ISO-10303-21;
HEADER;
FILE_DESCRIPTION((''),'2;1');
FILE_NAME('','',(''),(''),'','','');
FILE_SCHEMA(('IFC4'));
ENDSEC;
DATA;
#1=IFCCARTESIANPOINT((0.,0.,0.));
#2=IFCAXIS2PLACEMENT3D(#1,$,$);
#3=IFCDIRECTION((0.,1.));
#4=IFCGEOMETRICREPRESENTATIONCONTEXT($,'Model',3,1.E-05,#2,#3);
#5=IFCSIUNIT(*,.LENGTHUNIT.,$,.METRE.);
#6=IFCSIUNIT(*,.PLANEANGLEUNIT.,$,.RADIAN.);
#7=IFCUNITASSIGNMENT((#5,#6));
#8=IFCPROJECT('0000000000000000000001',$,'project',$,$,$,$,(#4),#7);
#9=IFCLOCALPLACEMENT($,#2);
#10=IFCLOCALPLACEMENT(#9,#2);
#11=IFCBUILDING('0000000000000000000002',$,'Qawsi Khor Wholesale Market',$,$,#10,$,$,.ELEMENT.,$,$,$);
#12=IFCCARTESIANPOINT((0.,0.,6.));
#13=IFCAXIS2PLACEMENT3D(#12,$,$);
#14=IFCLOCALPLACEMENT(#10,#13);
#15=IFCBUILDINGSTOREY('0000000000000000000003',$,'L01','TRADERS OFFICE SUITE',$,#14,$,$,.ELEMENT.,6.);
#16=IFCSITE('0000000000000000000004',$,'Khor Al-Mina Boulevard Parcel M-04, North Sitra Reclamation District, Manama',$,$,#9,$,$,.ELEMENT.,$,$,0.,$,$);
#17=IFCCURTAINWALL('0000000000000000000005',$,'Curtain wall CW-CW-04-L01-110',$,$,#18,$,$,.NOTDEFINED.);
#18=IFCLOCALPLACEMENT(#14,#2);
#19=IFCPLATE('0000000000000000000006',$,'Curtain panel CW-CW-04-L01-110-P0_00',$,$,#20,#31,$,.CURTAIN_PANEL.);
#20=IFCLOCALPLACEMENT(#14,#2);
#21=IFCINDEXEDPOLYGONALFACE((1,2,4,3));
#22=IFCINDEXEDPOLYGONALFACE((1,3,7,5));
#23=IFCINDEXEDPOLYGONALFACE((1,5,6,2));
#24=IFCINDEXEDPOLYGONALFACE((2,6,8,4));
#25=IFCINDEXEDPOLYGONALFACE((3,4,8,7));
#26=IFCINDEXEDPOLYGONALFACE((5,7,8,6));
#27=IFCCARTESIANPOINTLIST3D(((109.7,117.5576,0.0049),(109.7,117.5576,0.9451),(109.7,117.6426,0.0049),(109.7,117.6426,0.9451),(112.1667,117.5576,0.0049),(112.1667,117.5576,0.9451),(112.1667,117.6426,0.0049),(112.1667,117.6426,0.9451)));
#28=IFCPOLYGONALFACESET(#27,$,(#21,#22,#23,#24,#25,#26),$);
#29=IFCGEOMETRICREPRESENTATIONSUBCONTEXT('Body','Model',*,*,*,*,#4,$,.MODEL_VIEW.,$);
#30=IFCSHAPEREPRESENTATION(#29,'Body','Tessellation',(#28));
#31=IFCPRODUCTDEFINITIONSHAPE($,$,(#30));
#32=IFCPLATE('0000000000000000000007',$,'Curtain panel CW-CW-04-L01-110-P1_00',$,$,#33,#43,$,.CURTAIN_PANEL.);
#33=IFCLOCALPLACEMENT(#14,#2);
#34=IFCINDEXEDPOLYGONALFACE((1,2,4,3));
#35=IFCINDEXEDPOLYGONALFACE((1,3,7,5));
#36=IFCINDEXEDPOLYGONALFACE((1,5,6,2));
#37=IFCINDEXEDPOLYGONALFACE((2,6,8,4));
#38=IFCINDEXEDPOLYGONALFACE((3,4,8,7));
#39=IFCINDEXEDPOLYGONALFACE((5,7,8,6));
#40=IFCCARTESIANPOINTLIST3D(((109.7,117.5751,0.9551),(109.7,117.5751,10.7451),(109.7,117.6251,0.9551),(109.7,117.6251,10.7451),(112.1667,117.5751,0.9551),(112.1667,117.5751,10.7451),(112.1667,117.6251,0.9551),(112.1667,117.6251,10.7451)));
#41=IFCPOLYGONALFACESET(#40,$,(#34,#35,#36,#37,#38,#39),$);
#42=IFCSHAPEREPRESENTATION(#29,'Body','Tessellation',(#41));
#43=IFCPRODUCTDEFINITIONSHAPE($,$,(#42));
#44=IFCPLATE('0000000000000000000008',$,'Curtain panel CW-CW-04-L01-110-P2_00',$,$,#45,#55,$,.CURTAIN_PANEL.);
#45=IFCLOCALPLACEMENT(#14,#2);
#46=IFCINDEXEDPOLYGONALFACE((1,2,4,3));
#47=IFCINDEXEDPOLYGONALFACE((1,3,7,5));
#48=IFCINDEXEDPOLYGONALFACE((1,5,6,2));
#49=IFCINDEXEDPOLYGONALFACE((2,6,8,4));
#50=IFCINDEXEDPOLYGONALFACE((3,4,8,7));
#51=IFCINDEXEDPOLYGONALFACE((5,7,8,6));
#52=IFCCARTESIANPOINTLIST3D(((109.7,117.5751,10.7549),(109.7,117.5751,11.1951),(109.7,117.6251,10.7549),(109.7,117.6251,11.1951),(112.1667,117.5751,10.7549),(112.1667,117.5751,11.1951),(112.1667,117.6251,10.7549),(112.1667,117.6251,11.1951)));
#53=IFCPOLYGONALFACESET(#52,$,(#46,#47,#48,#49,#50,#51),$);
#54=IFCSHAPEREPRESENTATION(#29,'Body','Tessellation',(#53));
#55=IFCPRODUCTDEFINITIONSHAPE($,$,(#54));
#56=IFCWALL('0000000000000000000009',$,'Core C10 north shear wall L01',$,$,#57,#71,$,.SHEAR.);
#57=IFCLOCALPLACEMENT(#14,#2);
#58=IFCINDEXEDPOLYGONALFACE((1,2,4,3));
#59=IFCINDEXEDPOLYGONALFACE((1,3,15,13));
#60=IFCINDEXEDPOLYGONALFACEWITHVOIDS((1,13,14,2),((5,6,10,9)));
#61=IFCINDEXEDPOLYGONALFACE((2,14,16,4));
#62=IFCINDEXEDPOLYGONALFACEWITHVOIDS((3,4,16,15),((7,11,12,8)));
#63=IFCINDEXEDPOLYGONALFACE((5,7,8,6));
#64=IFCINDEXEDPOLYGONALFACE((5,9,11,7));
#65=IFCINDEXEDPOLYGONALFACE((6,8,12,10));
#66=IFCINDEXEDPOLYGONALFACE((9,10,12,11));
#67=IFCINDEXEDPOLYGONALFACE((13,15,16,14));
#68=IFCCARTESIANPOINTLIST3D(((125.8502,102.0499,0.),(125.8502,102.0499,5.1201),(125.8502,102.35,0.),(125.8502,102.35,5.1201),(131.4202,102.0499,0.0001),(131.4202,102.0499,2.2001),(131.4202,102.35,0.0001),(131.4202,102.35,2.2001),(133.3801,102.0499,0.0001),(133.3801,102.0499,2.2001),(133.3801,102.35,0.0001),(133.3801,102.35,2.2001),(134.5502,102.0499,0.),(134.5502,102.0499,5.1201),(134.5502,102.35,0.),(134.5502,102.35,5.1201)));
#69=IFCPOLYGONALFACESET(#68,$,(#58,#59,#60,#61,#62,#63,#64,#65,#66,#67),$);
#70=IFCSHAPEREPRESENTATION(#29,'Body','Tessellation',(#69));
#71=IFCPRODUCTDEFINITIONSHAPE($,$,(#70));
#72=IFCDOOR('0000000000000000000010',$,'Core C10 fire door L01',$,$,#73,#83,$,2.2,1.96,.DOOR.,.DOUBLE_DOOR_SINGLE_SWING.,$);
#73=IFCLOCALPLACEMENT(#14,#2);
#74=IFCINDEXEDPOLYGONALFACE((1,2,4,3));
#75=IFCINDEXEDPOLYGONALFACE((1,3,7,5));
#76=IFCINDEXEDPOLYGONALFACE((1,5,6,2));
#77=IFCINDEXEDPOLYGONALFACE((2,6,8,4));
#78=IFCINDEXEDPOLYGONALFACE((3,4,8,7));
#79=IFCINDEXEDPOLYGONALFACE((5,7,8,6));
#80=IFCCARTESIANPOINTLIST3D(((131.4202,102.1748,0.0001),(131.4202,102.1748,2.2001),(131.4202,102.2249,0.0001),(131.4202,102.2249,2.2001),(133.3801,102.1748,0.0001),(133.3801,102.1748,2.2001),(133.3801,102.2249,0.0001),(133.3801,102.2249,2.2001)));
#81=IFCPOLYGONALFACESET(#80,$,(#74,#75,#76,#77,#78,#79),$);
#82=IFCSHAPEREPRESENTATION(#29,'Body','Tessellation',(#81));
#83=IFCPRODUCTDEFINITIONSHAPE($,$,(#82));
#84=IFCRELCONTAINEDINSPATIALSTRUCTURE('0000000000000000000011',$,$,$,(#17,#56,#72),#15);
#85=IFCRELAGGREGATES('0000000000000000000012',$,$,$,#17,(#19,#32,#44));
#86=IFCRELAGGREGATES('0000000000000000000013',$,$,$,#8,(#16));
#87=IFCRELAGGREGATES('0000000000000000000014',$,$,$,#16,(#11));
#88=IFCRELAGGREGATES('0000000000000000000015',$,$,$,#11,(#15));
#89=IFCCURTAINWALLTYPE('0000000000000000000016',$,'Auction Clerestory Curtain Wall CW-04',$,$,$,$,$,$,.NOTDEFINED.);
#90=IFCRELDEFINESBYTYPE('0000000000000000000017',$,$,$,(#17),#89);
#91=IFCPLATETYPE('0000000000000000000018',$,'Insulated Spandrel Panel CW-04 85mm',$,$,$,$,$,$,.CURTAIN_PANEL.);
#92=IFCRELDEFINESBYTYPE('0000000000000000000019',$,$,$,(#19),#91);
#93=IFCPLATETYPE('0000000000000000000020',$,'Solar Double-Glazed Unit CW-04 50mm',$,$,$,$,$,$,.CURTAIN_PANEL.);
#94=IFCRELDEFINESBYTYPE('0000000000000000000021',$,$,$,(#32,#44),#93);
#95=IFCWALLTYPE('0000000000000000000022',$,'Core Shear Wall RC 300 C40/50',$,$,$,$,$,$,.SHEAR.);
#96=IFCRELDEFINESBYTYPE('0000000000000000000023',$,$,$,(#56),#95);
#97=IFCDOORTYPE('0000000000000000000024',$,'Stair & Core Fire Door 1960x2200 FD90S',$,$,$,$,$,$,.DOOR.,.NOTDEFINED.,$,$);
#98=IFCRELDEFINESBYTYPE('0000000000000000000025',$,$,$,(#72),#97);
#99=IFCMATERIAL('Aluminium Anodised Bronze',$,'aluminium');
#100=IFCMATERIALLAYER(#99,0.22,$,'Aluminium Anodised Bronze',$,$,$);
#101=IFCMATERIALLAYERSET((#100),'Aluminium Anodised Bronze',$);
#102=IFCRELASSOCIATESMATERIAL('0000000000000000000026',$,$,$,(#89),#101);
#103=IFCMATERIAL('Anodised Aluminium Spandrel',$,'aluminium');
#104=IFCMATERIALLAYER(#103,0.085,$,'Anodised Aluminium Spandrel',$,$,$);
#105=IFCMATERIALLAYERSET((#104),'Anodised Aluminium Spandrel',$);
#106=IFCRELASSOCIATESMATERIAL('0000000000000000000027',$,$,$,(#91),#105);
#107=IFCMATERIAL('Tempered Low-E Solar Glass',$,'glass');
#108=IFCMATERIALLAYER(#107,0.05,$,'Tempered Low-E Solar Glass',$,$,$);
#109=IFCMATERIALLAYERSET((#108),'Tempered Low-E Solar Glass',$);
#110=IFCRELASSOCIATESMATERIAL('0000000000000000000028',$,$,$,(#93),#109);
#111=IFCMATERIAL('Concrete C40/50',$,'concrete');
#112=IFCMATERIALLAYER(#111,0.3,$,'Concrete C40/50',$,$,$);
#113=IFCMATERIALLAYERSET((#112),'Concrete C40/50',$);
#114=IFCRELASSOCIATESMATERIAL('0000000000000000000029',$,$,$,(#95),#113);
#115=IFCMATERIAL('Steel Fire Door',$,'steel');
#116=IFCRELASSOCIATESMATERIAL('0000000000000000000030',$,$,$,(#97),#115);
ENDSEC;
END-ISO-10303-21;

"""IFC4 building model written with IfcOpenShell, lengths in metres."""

from ifc_helpers import new_model, si_unit, direction, frame, frame_2d, origin, place, context, subcontext, project, spatial, rectangle, extrude, material, layer, layer_set, type_object, element, fill, aggregate, save


model = new_model("IFC4")

# Units and contexts
model_context = context("Model", 3, precision=1e-05, world=origin(), true_north=direction((0.0, 1.0)))
body_context = subcontext(model_context, "Body", "Model", "MODEL_VIEW")
ifc_project = project(units=[si_unit("LENGTHUNIT", "METRE"), si_unit("PLANEANGLEUNIT", "RADIAN")], contexts=[model_context])

# Site, building, storey
site_placement = place(None, origin())
site = spatial("IfcSite", under=ifc_project, at=site_placement, Name="Khor Al-Mina Boulevard Parcel M-04, North Sitra Reclamation District, Manama", CompositionType="ELEMENT", RefElevation=0.0)
building_placement = place(site_placement, origin())
building = spatial("IfcBuilding", under=site, at=building_placement, Name="Qawsi Khor Wholesale Market", CompositionType="ELEMENT")
storey_placement = place(building_placement, frame((0.0, 0.0, 6.0)))
storey = spatial("IfcBuildingStorey", under=building, at=storey_placement, Name="L01", Description="TRADERS OFFICE SUITE", CompositionType="ELEMENT", Elevation=6.0)

# Shared definitions
ifc_material_1 = material(Name="Concrete C40/50", Category="concrete")

# Curtain wall
ifc_material_2 = material(Name="Aluminium Anodised Bronze", Category="aluminium")
ifc_layer_1 = layer(ifc_material_2, 0.22, Name="Aluminium Anodised Bronze")
ifc_layer_set_1 = layer_set([ifc_layer_1], Name="Aluminium Anodised Bronze")
curtain_wall_type = type_object("IfcCurtainWallType", Name="Auction Clerestory Curtain Wall CW-04", PredefinedType="NOTDEFINED", material=ifc_layer_set_1)
curtain_wall_placement = place(storey_placement, origin())
curtain_wall = element("IfcCurtainWall", 1, at=curtain_wall_placement, inside=storey, type_object=curtain_wall_type, Name="Curtain wall CW-CW-04-L01-110", PredefinedType="NOTDEFINED")

# Plates
ifc_material_3 = material(Name="Anodised Aluminium Spandrel", Category="aluminium")
ifc_layer_2 = layer(ifc_material_3, 0.085, Name="Anodised Aluminium Spandrel")
ifc_layer_set_2 = layer_set([ifc_layer_2], Name="Anodised Aluminium Spandrel")
plate_type_1 = type_object("IfcPlateType", Name="Insulated Spandrel Panel CW-04 85mm", PredefinedType="CURTAIN_PANEL", material=ifc_layer_set_2)
plate_1_placement = place(storey_placement, frame((109.7, 117.6001, 0.0049), z_axis=(0.0, 0.0, 1.0), x_axis=(1.0, 0.0, 0.0)))
plate_1 = element("IfcPlate", 2, at=plate_1_placement, type_object=plate_type_1, Name="Curtain panel CW-CW-04-L01-110-P0_00", PredefinedType="CURTAIN_PANEL", context=body_context, shape_type="SweptSolid", body=[
    extrude(rectangle(XDim=2.4668, YDim=0.085, at=frame_2d((1.2334, 0.0))), origin(), (0.0, 0.0, 1.0), 0.9402),
])
ifc_material_4 = material(Name="Tempered Low-E Solar Glass", Category="glass")
ifc_layer_3 = layer(ifc_material_4, 0.05, Name="Tempered Low-E Solar Glass")
ifc_layer_set_3 = layer_set([ifc_layer_3], Name="Tempered Low-E Solar Glass")
plate_type_2 = type_object("IfcPlateType", Name="Solar Double-Glazed Unit CW-04 50mm", PredefinedType="CURTAIN_PANEL", material=ifc_layer_set_3)
plate_2_placement = place(storey_placement, frame((109.7, 117.6001, 0.9551), z_axis=(0.0, 0.0, 1.0), x_axis=(1.0, 0.0, 0.0)))
plate_2 = element("IfcPlate", 3, at=plate_2_placement, type_object=plate_type_2, Name="Curtain panel CW-CW-04-L01-110-P1_00", PredefinedType="CURTAIN_PANEL", context=body_context, shape_type="SweptSolid", body=[
    extrude(rectangle(XDim=2.4668, YDim=0.05, at=frame_2d((1.2334, 0.0))), origin(), (0.0, 0.0, 1.0), 9.79),
])
plate_3_placement = place(storey_placement, frame((109.7, 117.6001, 10.7549), z_axis=(0.0, 0.0, 1.0), x_axis=(1.0, 0.0, 0.0)))
plate_3 = element("IfcPlate", 4, at=plate_3_placement, type_object=plate_type_2, Name="Curtain panel CW-CW-04-L01-110-P2_00", PredefinedType="CURTAIN_PANEL", context=body_context, shape_type="SweptSolid", body=[
    extrude(rectangle(XDim=2.4668, YDim=0.05, at=frame_2d((1.2334, 0.0))), origin(), (0.0, 0.0, 1.0), 0.4402),
])
aggregate(curtain_wall, [plate_1, plate_2, plate_3])

# Wall, opening, door
ifc_layer_4 = layer(ifc_material_1, 0.3, Name="Concrete C40/50")
ifc_layer_set_4 = layer_set([ifc_layer_4], Name="Concrete C40/50")
wall_type = type_object("IfcWallType", Name="Core Shear Wall RC 300 C40/50", PredefinedType="SHEAR", material=ifc_layer_set_4)
wall_placement = place(storey_placement, frame((125.8501, 102.2, 0.0), z_axis=(0.0, 0.0, 1.0), x_axis=(1.0, 0.0, 0.0)))
wall = element("IfcWall", 5, at=wall_placement, inside=storey, type_object=wall_type, Name="Core C10 north shear wall L01", PredefinedType="SHEAR", context=body_context, shape_type="SweptSolid", body=[
    extrude(rectangle(XDim=8.7, YDim=0.3, at=frame_2d((4.3501, 0.0))), origin(), (0.0, 0.0, 1.0), 5.1201),
])
opening_placement = place(wall_placement, frame((5.5701, 0.0, 0.0)))
opening = element("IfcOpeningElement", 6, at=opening_placement, cuts=wall, PredefinedType="OPENING", context=body_context, shape_type="SweptSolid", body=[
    extrude(rectangle(XDim=1.96, YDim=2.2, at=frame_2d((0.98, 1.1001))), frame((0.0, 0.1599, 0.0), z_axis=(0.0, -1.0, 0.0), x_axis=(1.0, 0.0, 0.0)), (0.0, 0.0, 1.0), 0.3201),
])
ifc_material_5 = material(Name="Steel Fire Door", Category="steel")
door_type = type_object("IfcDoorType", Name="Stair & Core Fire Door 1960x2200 FD90S", OperationType="NOTDEFINED", PredefinedType="DOOR", material=ifc_material_5)
door_placement = place(opening_placement, origin())
door = element("IfcDoor", 7, at=door_placement, inside=storey, type_object=door_type, Name="Core C10 fire door L01", OperationType="DOUBLE_DOOR_SINGLE_SWING", OverallHeight=2.2, OverallWidth=1.96, PredefinedType="DOOR", context=body_context, shape_type="SweptSolid", body=[
    extrude(rectangle(XDim=1.96, YDim=2.2, at=frame_2d((0.98, 1.1001))), frame((0.0, 0.0249, 0.0), z_axis=(0.0, -1.0, 0.0), x_axis=(1.0, 0.0, 0.0)), (0.0, 0.0, 1.0), 0.05),
])
fill(opening, door)

save(model, "model.ifc")
